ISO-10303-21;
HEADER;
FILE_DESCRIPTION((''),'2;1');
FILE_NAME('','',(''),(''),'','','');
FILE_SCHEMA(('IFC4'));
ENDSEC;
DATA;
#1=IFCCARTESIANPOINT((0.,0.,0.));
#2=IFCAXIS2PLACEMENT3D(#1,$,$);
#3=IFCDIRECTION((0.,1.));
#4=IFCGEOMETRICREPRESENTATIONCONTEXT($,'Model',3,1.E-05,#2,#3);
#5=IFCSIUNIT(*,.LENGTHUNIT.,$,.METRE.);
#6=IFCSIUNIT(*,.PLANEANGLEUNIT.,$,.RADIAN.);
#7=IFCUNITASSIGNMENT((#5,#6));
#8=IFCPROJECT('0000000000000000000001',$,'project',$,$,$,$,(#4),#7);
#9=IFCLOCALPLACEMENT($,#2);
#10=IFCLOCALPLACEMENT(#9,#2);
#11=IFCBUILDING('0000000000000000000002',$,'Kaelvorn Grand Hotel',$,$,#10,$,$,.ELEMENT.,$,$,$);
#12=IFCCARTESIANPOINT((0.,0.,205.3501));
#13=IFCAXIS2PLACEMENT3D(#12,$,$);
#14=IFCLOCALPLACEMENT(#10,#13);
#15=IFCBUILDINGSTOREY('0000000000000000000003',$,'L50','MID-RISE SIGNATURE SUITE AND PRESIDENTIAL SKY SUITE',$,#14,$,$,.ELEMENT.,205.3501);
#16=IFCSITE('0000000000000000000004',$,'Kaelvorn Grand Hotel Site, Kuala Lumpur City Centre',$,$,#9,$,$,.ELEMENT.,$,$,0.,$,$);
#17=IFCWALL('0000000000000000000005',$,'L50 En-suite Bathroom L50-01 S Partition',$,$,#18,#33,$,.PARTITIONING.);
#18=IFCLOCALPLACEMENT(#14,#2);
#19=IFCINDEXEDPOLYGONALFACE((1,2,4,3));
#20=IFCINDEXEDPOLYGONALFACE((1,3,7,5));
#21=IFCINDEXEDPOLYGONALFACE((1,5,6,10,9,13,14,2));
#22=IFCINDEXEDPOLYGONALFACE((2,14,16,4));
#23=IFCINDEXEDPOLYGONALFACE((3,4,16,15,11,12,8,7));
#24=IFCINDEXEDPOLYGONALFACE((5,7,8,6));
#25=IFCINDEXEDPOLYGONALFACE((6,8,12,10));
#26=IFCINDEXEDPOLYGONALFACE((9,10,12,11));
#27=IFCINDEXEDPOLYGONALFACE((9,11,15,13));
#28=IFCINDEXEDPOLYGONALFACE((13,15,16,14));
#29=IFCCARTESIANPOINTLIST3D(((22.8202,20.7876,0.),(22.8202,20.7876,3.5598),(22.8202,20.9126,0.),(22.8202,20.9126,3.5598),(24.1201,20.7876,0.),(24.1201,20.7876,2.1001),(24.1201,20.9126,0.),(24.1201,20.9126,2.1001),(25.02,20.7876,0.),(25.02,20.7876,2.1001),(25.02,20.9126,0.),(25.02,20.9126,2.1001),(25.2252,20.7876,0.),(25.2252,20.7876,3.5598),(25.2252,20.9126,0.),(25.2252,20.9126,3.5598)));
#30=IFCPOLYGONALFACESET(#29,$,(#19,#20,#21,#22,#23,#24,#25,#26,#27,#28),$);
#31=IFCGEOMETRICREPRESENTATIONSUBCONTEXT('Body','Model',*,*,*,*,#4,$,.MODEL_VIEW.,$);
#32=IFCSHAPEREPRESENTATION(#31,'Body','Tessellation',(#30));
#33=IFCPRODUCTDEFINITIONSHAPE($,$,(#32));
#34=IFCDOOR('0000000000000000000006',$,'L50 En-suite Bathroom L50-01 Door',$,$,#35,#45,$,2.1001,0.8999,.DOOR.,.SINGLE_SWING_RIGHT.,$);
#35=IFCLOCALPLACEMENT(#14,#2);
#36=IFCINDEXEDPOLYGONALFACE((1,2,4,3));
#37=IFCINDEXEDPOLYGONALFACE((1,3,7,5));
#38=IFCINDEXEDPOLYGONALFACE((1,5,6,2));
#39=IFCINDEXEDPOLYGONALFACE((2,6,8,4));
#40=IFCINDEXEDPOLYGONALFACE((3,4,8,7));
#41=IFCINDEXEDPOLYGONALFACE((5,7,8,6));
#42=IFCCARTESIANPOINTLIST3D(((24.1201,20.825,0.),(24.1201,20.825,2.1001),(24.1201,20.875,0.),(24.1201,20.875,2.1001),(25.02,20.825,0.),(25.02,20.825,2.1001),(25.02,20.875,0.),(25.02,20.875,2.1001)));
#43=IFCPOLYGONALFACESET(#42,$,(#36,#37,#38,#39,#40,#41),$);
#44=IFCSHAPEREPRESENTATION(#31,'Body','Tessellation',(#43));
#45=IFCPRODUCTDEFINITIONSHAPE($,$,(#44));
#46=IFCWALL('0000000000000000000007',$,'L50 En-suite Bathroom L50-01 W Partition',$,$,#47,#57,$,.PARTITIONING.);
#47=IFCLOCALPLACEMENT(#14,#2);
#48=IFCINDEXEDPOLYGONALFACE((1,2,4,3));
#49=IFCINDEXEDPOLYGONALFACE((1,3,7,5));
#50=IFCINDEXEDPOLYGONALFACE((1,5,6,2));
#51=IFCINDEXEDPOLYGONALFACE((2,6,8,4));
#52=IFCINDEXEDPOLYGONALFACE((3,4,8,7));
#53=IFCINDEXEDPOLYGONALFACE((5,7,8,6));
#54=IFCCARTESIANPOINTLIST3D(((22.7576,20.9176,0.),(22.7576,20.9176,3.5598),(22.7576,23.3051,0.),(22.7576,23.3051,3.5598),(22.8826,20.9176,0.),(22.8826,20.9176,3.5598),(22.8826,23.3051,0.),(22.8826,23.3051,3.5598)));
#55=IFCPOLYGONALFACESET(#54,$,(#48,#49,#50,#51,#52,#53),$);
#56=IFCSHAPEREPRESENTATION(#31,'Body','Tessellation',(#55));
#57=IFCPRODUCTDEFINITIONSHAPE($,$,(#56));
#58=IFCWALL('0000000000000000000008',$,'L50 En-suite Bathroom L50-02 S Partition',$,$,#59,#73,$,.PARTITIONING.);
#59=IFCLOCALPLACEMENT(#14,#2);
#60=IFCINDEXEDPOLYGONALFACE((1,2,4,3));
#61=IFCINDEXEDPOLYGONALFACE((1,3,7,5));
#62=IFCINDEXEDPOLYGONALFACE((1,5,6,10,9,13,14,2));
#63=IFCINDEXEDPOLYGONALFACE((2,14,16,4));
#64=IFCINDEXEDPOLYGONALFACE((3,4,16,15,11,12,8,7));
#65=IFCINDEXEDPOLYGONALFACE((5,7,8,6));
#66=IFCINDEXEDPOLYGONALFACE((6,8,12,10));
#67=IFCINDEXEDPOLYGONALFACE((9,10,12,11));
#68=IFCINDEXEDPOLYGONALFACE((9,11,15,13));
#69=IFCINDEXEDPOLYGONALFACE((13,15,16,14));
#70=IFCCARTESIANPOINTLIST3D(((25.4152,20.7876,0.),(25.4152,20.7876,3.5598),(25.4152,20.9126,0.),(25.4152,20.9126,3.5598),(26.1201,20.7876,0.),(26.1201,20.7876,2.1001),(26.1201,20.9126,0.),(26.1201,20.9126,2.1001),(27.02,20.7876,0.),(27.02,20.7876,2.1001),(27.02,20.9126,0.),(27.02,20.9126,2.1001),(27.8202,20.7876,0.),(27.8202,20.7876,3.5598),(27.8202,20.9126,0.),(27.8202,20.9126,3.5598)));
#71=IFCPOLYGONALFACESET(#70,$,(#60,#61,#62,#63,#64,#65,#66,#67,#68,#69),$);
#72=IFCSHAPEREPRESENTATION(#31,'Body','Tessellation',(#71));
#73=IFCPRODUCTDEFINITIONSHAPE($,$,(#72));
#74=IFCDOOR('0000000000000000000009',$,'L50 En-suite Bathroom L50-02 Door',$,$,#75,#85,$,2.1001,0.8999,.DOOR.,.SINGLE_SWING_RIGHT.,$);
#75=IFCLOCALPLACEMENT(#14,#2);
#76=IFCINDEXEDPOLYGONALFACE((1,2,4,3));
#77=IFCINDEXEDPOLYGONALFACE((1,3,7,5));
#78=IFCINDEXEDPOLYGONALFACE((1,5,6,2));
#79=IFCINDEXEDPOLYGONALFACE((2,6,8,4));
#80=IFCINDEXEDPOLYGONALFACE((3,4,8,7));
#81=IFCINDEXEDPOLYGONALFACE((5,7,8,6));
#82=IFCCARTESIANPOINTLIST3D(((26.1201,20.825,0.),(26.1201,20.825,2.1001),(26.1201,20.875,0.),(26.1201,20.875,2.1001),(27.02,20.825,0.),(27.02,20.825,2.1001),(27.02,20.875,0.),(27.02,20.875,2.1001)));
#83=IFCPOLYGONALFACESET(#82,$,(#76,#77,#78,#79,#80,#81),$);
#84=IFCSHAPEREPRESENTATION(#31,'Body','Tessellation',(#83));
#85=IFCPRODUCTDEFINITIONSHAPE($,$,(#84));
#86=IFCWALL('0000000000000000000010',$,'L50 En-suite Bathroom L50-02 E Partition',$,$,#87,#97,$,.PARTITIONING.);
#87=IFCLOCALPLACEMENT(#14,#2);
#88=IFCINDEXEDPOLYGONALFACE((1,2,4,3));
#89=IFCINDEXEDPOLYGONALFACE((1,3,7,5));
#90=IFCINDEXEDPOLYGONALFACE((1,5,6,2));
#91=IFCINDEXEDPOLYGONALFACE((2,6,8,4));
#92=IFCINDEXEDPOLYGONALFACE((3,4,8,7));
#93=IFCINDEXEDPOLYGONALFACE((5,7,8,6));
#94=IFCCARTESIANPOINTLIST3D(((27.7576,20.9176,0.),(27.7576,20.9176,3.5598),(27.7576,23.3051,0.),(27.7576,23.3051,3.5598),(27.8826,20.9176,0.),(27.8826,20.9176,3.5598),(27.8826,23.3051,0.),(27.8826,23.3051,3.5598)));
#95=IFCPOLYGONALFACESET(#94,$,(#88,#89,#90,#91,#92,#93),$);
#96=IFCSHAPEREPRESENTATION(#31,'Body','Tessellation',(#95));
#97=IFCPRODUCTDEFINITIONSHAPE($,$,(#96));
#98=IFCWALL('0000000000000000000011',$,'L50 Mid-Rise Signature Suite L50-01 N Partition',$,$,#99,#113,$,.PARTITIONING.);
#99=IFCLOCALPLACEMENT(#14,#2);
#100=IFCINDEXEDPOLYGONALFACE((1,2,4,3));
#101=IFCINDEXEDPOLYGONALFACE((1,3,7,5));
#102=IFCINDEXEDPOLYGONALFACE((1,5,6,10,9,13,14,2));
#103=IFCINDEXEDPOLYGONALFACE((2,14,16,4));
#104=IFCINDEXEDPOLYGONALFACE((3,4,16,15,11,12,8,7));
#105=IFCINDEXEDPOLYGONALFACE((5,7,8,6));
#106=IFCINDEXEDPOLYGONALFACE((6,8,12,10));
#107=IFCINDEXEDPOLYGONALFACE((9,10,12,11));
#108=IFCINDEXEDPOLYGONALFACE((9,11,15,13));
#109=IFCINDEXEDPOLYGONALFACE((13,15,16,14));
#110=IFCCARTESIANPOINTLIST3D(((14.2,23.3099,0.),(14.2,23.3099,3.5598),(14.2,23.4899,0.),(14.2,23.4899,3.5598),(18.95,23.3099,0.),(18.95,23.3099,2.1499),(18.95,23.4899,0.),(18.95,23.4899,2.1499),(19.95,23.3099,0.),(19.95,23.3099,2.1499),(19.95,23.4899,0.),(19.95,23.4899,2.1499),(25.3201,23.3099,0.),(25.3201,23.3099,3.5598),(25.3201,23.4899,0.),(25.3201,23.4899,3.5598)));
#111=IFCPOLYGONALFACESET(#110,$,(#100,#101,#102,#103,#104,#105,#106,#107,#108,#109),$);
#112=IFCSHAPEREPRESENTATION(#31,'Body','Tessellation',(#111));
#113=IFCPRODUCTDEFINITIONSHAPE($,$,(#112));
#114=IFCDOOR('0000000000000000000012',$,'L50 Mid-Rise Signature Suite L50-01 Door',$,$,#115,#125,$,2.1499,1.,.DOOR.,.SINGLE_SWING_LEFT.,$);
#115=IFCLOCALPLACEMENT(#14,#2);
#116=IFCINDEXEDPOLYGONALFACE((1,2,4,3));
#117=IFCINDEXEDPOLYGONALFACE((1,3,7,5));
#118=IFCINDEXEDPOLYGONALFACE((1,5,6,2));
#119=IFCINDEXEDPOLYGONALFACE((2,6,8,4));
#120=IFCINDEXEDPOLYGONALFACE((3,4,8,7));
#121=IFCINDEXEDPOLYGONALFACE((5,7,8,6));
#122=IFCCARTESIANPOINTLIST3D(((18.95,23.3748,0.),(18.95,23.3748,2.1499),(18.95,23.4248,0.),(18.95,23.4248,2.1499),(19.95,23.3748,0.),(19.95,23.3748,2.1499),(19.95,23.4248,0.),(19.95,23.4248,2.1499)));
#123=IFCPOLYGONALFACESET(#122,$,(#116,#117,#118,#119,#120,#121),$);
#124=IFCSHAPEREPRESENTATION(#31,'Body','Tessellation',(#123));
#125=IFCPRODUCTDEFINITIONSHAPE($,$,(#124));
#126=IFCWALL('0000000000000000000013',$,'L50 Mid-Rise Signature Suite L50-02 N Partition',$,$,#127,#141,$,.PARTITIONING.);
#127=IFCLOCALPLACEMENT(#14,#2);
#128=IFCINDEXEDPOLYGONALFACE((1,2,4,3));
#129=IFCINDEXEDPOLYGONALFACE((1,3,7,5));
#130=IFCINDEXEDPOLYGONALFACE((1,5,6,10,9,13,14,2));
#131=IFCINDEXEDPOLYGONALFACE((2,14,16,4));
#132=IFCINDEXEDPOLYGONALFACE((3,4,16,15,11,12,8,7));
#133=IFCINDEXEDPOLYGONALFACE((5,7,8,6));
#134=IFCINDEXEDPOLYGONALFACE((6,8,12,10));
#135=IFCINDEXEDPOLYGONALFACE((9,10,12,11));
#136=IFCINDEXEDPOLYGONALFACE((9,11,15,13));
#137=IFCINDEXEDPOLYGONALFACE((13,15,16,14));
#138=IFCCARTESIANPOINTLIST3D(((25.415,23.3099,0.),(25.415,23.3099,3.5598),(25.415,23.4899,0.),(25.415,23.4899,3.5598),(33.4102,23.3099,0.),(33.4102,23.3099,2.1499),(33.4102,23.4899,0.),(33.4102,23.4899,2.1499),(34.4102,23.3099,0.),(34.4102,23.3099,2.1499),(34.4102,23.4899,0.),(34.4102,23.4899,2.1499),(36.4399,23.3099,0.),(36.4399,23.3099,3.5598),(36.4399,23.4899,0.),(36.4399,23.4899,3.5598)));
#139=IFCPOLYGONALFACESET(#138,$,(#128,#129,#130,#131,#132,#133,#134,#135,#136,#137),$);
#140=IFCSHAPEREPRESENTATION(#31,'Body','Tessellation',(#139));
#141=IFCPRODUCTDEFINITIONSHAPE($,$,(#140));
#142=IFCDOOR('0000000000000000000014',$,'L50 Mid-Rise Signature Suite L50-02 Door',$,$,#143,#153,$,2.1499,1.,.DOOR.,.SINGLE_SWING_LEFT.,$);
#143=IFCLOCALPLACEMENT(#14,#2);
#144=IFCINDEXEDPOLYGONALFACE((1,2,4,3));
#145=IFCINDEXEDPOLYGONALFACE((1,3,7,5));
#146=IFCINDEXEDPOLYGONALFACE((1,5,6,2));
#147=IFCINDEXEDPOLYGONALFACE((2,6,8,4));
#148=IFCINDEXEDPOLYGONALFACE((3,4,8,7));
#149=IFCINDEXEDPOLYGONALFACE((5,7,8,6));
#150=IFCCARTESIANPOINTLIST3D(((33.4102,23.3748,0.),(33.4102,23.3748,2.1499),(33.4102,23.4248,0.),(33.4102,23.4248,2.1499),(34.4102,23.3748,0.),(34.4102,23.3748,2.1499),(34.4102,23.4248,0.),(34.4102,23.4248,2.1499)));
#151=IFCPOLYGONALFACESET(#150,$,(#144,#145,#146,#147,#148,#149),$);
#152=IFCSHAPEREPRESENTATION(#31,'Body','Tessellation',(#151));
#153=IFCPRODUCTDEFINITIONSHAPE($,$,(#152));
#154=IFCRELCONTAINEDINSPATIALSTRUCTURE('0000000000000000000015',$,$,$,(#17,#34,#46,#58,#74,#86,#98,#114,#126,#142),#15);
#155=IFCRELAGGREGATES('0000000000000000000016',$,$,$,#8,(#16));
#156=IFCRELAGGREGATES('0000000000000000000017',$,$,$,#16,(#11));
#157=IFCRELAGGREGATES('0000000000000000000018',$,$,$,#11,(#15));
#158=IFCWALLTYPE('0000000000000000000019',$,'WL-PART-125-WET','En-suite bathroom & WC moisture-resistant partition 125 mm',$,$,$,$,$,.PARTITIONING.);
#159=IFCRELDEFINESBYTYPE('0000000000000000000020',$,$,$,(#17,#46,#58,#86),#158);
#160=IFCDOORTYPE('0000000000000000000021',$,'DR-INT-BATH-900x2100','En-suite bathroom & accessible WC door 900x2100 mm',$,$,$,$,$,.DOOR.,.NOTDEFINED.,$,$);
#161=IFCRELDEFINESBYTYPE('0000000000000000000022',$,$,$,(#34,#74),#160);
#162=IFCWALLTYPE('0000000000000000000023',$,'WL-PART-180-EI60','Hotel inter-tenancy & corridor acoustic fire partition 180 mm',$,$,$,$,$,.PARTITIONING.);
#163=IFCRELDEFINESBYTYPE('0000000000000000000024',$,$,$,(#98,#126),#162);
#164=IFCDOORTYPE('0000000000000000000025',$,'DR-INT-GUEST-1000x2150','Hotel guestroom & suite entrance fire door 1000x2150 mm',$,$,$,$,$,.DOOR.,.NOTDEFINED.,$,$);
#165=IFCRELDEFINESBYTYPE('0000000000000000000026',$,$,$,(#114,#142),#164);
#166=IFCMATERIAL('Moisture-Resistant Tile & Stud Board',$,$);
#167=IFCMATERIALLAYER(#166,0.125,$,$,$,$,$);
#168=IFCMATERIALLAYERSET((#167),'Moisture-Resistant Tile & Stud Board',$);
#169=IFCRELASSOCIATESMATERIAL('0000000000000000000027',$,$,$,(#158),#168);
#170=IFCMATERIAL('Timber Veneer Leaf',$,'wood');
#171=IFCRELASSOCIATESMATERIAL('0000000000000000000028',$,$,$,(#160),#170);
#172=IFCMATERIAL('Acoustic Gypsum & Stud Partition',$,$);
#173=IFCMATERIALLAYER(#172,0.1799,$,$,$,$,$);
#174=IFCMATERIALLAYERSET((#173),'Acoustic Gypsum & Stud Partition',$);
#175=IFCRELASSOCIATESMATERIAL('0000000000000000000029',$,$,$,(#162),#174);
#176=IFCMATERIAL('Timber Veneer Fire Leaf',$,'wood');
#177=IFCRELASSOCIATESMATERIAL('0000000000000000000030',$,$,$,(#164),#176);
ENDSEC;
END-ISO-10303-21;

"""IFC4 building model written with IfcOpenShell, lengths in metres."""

from ifc_helpers import new_model, si_unit, direction, frame, frame_2d, origin, place, context, subcontext, project, spatial, rectangle, extrude, material, layer, layer_set, type_object, element, fill, save


model = new_model("IFC4")

# Units and contexts
model_context = context("Model", 3, precision=1e-05, world=origin(), true_north=direction((0.0, 1.0)))
body_context = subcontext(model_context, "Body", "Model", "MODEL_VIEW")
ifc_project = project(units=[si_unit("LENGTHUNIT", "METRE"), si_unit("PLANEANGLEUNIT", "RADIAN")], contexts=[model_context])

# Site, building, storey
site_placement = place(None, origin())
site = spatial("IfcSite", under=ifc_project, at=site_placement, Name="Kaelvorn Grand Hotel Site, Kuala Lumpur City Centre", CompositionType="ELEMENT", RefElevation=0.0)
building_placement = place(site_placement, origin())
building = spatial("IfcBuilding", under=site, at=building_placement, Name="Kaelvorn Grand Hotel", CompositionType="ELEMENT")
storey_placement = place(building_placement, frame((0.0, 0.0, 205.3501)))
storey = spatial("IfcBuildingStorey", under=building, at=storey_placement, Name="L50", Description="MID-RISE SIGNATURE SUITE AND PRESIDENTIAL SKY SUITE", CompositionType="ELEMENT", Elevation=205.3501)

# Wall, opening, door
ifc_material_1 = material(Name="Moisture-Resistant Tile & Stud Board")
ifc_layer_1 = layer(ifc_material_1, 0.125)
ifc_layer_set_1 = layer_set([ifc_layer_1], Name="Moisture-Resistant Tile & Stud Board")
wall_type_1 = type_object("IfcWallType", Name="WL-PART-125-WET", Description="En-suite bathroom & WC moisture-resistant partition 125 mm", PredefinedType="PARTITIONING", material=ifc_layer_set_1)
wall_1_placement = place(storey_placement, frame((22.8201, 20.8501, 0.0), z_axis=(0.0, 0.0, 1.0), x_axis=(1.0, 0.0, 0.0)))
wall_1 = element("IfcWall", 1, at=wall_1_placement, inside=storey, type_object=wall_type_1, Name="L50 En-suite Bathroom L50-01 S Partition", PredefinedType="PARTITIONING", context=body_context, shape_type="SweptSolid", body=[
    extrude(rectangle(XDim=2.405, YDim=0.125, at=frame_2d((1.2026, 0.0))), origin(), (0.0, 0.0, 1.0), 3.5598),
])
opening_1_placement = place(wall_1_placement, frame((1.3, 0.0, 0.0)))
opening_1 = element("IfcOpeningElement", 2, at=opening_1_placement, cuts=wall_1, PredefinedType="OPENING", context=body_context, shape_type="SweptSolid", body=[
    extrude(rectangle(XDim=0.8999, YDim=2.1001, at=frame_2d((0.45, 1.05))), frame((0.0, 0.0725, 0.0), z_axis=(0.0, -1.0, 0.0), x_axis=(1.0, 0.0, 0.0)), (0.0, 0.0, 1.0), 0.145),
])
ifc_material_2 = material(Name="Timber Veneer Leaf", Category="wood")
door_type_1 = type_object("IfcDoorType", Name="DR-INT-BATH-900x2100", Description="En-suite bathroom & accessible WC door 900x2100 mm", OperationType="NOTDEFINED", PredefinedType="DOOR", material=ifc_material_2)
door_1_placement = place(opening_1_placement, origin())
door_1 = element("IfcDoor", 3, at=door_1_placement, inside=storey, type_object=door_type_1, Name="L50 En-suite Bathroom L50-01 Door", OperationType="SINGLE_SWING_RIGHT", OverallHeight=2.1001, OverallWidth=0.8999, PredefinedType="DOOR", context=body_context, shape_type="SweptSolid", body=[
    extrude(rectangle(XDim=0.8999, YDim=2.1001, at=frame_2d((0.45, 1.05))), frame((0.0, 0.0249, 0.0), z_axis=(0.0, -1.0, 0.0), x_axis=(1.0, 0.0, 0.0)), (0.0, 0.0, 1.0), 0.05),
])
fill(opening_1, door_1)

# Wall
wall_2_placement = place(storey_placement, frame((22.8201, 20.9175, 0.0), z_axis=(0.0, 0.0, 1.0), x_axis=(0.0, 1.0, 0.0)))
element("IfcWall", 4, at=wall_2_placement, inside=storey, type_object=wall_type_1, Name="L50 En-suite Bathroom L50-01 W Partition", PredefinedType="PARTITIONING", context=body_context, shape_type="SweptSolid", body=[
    extrude(rectangle(XDim=2.3875, YDim=0.125, at=frame_2d((1.1938, 0.0))), origin(), (0.0, 0.0, 1.0), 3.5598),
])

# Wall, opening, door
wall_3_placement = place(storey_placement, frame((25.415, 20.8501, 0.0), z_axis=(0.0, 0.0, 1.0), x_axis=(1.0, 0.0, 0.0)))
wall_3 = element("IfcWall", 5, at=wall_3_placement, inside=storey, type_object=wall_type_1, Name="L50 En-suite Bathroom L50-02 S Partition", PredefinedType="PARTITIONING", context=body_context, shape_type="SweptSolid", body=[
    extrude(rectangle(XDim=2.405, YDim=0.125, at=frame_2d((1.2026, 0.0))), origin(), (0.0, 0.0, 1.0), 3.5598),
])
opening_2_placement = place(wall_3_placement, frame((0.7051, 0.0, 0.0)))
opening_2 = element("IfcOpeningElement", 6, at=opening_2_placement, cuts=wall_3, PredefinedType="OPENING", context=body_context, shape_type="SweptSolid", body=[
    extrude(rectangle(XDim=0.8999, YDim=2.1001, at=frame_2d((0.45, 1.05))), frame((0.0, 0.0725, 0.0), z_axis=(0.0, -1.0, 0.0), x_axis=(1.0, 0.0, 0.0)), (0.0, 0.0, 1.0), 0.145),
])
door_2_placement = place(opening_2_placement, origin())
door_2 = element("IfcDoor", 7, at=door_2_placement, inside=storey, type_object=door_type_1, Name="L50 En-suite Bathroom L50-02 Door", OperationType="SINGLE_SWING_RIGHT", OverallHeight=2.1001, OverallWidth=0.8999, PredefinedType="DOOR", context=body_context, shape_type="SweptSolid", body=[
    extrude(rectangle(XDim=0.8999, YDim=2.1001, at=frame_2d((0.45, 1.05))), frame((0.0, 0.0249, 0.0), z_axis=(0.0, -1.0, 0.0), x_axis=(1.0, 0.0, 0.0)), (0.0, 0.0, 1.0), 0.05),
])
fill(opening_2, door_2)

# Wall
wall_4_placement = place(storey_placement, frame((27.8201, 20.9175, 0.0), z_axis=(0.0, 0.0, 1.0), x_axis=(0.0, 1.0, 0.0)))
element("IfcWall", 8, at=wall_4_placement, inside=storey, type_object=wall_type_1, Name="L50 En-suite Bathroom L50-02 E Partition", PredefinedType="PARTITIONING", context=body_context, shape_type="SweptSolid", body=[
    extrude(rectangle(XDim=2.3875, YDim=0.125, at=frame_2d((1.1938, 0.0))), origin(), (0.0, 0.0, 1.0), 3.5598),
])

# Walls, openings, doors
ifc_material_3 = material(Name="Acoustic Gypsum & Stud Partition")
ifc_layer_2 = layer(ifc_material_3, 0.1799)
ifc_layer_set_2 = layer_set([ifc_layer_2], Name="Acoustic Gypsum & Stud Partition")
wall_type_2 = type_object("IfcWallType", Name="WL-PART-180-EI60", Description="Hotel inter-tenancy & corridor acoustic fire partition 180 mm", PredefinedType="PARTITIONING", material=ifc_layer_set_2)
wall_5_placement = place(storey_placement, frame((14.2, 23.3999, 0.0), z_axis=(0.0, 0.0, 1.0), x_axis=(1.0, 0.0, 0.0)))
wall_5 = element("IfcWall", 9, at=wall_5_placement, inside=storey, type_object=wall_type_2, Name="L50 Mid-Rise Signature Suite L50-01 N Partition", PredefinedType="PARTITIONING", context=body_context, shape_type="SweptSolid", body=[
    extrude(rectangle(XDim=11.1201, YDim=0.1799, at=frame_2d((5.5601, 0.0))), origin(), (0.0, 0.0, 1.0), 3.5598),
])
opening_3_placement = place(wall_5_placement, frame((4.75, 0.0, 0.0)))
opening_3 = element("IfcOpeningElement", 10, at=opening_3_placement, cuts=wall_5, PredefinedType="OPENING", context=body_context, shape_type="SweptSolid", body=[
    extrude(rectangle(XDim=1.0, YDim=2.1499, at=frame_2d((0.5, 1.075))), frame((0.0, 0.1001, 0.0), z_axis=(0.0, -1.0, 0.0), x_axis=(1.0, 0.0, 0.0)), (0.0, 0.0, 1.0), 0.2),
])
ifc_material_4 = material(Name="Timber Veneer Fire Leaf", Category="wood")
door_type_2 = type_object("IfcDoorType", Name="DR-INT-GUEST-1000x2150", Description="Hotel guestroom & suite entrance fire door 1000x2150 mm", OperationType="NOTDEFINED", PredefinedType="DOOR", material=ifc_material_4)
door_3_placement = place(opening_3_placement, origin())
door_3 = element("IfcDoor", 11, at=door_3_placement, inside=storey, type_object=door_type_2, Name="L50 Mid-Rise Signature Suite L50-01 Door", OperationType="SINGLE_SWING_LEFT", OverallHeight=2.1499, OverallWidth=1.0, PredefinedType="DOOR", context=body_context, shape_type="SweptSolid", body=[
    extrude(rectangle(XDim=1.0, YDim=2.1499, at=frame_2d((0.5, 1.075))), frame((0.0, 0.0249, 0.0), z_axis=(0.0, -1.0, 0.0), x_axis=(1.0, 0.0, 0.0)), (0.0, 0.0, 1.0), 0.05),
])
fill(opening_3, door_3)
wall_6_placement = place(storey_placement, frame((25.415, 23.3999, 0.0), z_axis=(0.0, 0.0, 1.0), x_axis=(1.0, 0.0, 0.0)))
wall_6 = element("IfcWall", 12, at=wall_6_placement, inside=storey, type_object=wall_type_2, Name="L50 Mid-Rise Signature Suite L50-02 N Partition", PredefinedType="PARTITIONING", context=body_context, shape_type="SweptSolid", body=[
    extrude(rectangle(XDim=11.0249, YDim=0.1799, at=frame_2d((5.5125, 0.0))), origin(), (0.0, 0.0, 1.0), 3.5598),
])
opening_4_placement = place(wall_6_placement, frame((7.9951, 0.0, 0.0)))
opening_4 = element("IfcOpeningElement", 13, at=opening_4_placement, cuts=wall_6, PredefinedType="OPENING", context=body_context, shape_type="SweptSolid", body=[
    extrude(rectangle(XDim=1.0, YDim=2.1499, at=frame_2d((0.5, 1.075))), frame((0.0, 0.1001, 0.0), z_axis=(0.0, -1.0, 0.0), x_axis=(1.0, 0.0, 0.0)), (0.0, 0.0, 1.0), 0.2),
])
door_4_placement = place(opening_4_placement, origin())
door_4 = element("IfcDoor", 14, at=door_4_placement, inside=storey, type_object=door_type_2, Name="L50 Mid-Rise Signature Suite L50-02 Door", OperationType="SINGLE_SWING_LEFT", OverallHeight=2.1499, OverallWidth=1.0, PredefinedType="DOOR", context=body_context, shape_type="SweptSolid", body=[
    extrude(rectangle(XDim=1.0, YDim=2.1499, at=frame_2d((0.5, 1.075))), frame((0.0, 0.0249, 0.0), z_axis=(0.0, -1.0, 0.0), x_axis=(1.0, 0.0, 0.0)), (0.0, 0.0, 1.0), 0.05),
])
fill(opening_4, door_4)

save(model, "model.ifc")
